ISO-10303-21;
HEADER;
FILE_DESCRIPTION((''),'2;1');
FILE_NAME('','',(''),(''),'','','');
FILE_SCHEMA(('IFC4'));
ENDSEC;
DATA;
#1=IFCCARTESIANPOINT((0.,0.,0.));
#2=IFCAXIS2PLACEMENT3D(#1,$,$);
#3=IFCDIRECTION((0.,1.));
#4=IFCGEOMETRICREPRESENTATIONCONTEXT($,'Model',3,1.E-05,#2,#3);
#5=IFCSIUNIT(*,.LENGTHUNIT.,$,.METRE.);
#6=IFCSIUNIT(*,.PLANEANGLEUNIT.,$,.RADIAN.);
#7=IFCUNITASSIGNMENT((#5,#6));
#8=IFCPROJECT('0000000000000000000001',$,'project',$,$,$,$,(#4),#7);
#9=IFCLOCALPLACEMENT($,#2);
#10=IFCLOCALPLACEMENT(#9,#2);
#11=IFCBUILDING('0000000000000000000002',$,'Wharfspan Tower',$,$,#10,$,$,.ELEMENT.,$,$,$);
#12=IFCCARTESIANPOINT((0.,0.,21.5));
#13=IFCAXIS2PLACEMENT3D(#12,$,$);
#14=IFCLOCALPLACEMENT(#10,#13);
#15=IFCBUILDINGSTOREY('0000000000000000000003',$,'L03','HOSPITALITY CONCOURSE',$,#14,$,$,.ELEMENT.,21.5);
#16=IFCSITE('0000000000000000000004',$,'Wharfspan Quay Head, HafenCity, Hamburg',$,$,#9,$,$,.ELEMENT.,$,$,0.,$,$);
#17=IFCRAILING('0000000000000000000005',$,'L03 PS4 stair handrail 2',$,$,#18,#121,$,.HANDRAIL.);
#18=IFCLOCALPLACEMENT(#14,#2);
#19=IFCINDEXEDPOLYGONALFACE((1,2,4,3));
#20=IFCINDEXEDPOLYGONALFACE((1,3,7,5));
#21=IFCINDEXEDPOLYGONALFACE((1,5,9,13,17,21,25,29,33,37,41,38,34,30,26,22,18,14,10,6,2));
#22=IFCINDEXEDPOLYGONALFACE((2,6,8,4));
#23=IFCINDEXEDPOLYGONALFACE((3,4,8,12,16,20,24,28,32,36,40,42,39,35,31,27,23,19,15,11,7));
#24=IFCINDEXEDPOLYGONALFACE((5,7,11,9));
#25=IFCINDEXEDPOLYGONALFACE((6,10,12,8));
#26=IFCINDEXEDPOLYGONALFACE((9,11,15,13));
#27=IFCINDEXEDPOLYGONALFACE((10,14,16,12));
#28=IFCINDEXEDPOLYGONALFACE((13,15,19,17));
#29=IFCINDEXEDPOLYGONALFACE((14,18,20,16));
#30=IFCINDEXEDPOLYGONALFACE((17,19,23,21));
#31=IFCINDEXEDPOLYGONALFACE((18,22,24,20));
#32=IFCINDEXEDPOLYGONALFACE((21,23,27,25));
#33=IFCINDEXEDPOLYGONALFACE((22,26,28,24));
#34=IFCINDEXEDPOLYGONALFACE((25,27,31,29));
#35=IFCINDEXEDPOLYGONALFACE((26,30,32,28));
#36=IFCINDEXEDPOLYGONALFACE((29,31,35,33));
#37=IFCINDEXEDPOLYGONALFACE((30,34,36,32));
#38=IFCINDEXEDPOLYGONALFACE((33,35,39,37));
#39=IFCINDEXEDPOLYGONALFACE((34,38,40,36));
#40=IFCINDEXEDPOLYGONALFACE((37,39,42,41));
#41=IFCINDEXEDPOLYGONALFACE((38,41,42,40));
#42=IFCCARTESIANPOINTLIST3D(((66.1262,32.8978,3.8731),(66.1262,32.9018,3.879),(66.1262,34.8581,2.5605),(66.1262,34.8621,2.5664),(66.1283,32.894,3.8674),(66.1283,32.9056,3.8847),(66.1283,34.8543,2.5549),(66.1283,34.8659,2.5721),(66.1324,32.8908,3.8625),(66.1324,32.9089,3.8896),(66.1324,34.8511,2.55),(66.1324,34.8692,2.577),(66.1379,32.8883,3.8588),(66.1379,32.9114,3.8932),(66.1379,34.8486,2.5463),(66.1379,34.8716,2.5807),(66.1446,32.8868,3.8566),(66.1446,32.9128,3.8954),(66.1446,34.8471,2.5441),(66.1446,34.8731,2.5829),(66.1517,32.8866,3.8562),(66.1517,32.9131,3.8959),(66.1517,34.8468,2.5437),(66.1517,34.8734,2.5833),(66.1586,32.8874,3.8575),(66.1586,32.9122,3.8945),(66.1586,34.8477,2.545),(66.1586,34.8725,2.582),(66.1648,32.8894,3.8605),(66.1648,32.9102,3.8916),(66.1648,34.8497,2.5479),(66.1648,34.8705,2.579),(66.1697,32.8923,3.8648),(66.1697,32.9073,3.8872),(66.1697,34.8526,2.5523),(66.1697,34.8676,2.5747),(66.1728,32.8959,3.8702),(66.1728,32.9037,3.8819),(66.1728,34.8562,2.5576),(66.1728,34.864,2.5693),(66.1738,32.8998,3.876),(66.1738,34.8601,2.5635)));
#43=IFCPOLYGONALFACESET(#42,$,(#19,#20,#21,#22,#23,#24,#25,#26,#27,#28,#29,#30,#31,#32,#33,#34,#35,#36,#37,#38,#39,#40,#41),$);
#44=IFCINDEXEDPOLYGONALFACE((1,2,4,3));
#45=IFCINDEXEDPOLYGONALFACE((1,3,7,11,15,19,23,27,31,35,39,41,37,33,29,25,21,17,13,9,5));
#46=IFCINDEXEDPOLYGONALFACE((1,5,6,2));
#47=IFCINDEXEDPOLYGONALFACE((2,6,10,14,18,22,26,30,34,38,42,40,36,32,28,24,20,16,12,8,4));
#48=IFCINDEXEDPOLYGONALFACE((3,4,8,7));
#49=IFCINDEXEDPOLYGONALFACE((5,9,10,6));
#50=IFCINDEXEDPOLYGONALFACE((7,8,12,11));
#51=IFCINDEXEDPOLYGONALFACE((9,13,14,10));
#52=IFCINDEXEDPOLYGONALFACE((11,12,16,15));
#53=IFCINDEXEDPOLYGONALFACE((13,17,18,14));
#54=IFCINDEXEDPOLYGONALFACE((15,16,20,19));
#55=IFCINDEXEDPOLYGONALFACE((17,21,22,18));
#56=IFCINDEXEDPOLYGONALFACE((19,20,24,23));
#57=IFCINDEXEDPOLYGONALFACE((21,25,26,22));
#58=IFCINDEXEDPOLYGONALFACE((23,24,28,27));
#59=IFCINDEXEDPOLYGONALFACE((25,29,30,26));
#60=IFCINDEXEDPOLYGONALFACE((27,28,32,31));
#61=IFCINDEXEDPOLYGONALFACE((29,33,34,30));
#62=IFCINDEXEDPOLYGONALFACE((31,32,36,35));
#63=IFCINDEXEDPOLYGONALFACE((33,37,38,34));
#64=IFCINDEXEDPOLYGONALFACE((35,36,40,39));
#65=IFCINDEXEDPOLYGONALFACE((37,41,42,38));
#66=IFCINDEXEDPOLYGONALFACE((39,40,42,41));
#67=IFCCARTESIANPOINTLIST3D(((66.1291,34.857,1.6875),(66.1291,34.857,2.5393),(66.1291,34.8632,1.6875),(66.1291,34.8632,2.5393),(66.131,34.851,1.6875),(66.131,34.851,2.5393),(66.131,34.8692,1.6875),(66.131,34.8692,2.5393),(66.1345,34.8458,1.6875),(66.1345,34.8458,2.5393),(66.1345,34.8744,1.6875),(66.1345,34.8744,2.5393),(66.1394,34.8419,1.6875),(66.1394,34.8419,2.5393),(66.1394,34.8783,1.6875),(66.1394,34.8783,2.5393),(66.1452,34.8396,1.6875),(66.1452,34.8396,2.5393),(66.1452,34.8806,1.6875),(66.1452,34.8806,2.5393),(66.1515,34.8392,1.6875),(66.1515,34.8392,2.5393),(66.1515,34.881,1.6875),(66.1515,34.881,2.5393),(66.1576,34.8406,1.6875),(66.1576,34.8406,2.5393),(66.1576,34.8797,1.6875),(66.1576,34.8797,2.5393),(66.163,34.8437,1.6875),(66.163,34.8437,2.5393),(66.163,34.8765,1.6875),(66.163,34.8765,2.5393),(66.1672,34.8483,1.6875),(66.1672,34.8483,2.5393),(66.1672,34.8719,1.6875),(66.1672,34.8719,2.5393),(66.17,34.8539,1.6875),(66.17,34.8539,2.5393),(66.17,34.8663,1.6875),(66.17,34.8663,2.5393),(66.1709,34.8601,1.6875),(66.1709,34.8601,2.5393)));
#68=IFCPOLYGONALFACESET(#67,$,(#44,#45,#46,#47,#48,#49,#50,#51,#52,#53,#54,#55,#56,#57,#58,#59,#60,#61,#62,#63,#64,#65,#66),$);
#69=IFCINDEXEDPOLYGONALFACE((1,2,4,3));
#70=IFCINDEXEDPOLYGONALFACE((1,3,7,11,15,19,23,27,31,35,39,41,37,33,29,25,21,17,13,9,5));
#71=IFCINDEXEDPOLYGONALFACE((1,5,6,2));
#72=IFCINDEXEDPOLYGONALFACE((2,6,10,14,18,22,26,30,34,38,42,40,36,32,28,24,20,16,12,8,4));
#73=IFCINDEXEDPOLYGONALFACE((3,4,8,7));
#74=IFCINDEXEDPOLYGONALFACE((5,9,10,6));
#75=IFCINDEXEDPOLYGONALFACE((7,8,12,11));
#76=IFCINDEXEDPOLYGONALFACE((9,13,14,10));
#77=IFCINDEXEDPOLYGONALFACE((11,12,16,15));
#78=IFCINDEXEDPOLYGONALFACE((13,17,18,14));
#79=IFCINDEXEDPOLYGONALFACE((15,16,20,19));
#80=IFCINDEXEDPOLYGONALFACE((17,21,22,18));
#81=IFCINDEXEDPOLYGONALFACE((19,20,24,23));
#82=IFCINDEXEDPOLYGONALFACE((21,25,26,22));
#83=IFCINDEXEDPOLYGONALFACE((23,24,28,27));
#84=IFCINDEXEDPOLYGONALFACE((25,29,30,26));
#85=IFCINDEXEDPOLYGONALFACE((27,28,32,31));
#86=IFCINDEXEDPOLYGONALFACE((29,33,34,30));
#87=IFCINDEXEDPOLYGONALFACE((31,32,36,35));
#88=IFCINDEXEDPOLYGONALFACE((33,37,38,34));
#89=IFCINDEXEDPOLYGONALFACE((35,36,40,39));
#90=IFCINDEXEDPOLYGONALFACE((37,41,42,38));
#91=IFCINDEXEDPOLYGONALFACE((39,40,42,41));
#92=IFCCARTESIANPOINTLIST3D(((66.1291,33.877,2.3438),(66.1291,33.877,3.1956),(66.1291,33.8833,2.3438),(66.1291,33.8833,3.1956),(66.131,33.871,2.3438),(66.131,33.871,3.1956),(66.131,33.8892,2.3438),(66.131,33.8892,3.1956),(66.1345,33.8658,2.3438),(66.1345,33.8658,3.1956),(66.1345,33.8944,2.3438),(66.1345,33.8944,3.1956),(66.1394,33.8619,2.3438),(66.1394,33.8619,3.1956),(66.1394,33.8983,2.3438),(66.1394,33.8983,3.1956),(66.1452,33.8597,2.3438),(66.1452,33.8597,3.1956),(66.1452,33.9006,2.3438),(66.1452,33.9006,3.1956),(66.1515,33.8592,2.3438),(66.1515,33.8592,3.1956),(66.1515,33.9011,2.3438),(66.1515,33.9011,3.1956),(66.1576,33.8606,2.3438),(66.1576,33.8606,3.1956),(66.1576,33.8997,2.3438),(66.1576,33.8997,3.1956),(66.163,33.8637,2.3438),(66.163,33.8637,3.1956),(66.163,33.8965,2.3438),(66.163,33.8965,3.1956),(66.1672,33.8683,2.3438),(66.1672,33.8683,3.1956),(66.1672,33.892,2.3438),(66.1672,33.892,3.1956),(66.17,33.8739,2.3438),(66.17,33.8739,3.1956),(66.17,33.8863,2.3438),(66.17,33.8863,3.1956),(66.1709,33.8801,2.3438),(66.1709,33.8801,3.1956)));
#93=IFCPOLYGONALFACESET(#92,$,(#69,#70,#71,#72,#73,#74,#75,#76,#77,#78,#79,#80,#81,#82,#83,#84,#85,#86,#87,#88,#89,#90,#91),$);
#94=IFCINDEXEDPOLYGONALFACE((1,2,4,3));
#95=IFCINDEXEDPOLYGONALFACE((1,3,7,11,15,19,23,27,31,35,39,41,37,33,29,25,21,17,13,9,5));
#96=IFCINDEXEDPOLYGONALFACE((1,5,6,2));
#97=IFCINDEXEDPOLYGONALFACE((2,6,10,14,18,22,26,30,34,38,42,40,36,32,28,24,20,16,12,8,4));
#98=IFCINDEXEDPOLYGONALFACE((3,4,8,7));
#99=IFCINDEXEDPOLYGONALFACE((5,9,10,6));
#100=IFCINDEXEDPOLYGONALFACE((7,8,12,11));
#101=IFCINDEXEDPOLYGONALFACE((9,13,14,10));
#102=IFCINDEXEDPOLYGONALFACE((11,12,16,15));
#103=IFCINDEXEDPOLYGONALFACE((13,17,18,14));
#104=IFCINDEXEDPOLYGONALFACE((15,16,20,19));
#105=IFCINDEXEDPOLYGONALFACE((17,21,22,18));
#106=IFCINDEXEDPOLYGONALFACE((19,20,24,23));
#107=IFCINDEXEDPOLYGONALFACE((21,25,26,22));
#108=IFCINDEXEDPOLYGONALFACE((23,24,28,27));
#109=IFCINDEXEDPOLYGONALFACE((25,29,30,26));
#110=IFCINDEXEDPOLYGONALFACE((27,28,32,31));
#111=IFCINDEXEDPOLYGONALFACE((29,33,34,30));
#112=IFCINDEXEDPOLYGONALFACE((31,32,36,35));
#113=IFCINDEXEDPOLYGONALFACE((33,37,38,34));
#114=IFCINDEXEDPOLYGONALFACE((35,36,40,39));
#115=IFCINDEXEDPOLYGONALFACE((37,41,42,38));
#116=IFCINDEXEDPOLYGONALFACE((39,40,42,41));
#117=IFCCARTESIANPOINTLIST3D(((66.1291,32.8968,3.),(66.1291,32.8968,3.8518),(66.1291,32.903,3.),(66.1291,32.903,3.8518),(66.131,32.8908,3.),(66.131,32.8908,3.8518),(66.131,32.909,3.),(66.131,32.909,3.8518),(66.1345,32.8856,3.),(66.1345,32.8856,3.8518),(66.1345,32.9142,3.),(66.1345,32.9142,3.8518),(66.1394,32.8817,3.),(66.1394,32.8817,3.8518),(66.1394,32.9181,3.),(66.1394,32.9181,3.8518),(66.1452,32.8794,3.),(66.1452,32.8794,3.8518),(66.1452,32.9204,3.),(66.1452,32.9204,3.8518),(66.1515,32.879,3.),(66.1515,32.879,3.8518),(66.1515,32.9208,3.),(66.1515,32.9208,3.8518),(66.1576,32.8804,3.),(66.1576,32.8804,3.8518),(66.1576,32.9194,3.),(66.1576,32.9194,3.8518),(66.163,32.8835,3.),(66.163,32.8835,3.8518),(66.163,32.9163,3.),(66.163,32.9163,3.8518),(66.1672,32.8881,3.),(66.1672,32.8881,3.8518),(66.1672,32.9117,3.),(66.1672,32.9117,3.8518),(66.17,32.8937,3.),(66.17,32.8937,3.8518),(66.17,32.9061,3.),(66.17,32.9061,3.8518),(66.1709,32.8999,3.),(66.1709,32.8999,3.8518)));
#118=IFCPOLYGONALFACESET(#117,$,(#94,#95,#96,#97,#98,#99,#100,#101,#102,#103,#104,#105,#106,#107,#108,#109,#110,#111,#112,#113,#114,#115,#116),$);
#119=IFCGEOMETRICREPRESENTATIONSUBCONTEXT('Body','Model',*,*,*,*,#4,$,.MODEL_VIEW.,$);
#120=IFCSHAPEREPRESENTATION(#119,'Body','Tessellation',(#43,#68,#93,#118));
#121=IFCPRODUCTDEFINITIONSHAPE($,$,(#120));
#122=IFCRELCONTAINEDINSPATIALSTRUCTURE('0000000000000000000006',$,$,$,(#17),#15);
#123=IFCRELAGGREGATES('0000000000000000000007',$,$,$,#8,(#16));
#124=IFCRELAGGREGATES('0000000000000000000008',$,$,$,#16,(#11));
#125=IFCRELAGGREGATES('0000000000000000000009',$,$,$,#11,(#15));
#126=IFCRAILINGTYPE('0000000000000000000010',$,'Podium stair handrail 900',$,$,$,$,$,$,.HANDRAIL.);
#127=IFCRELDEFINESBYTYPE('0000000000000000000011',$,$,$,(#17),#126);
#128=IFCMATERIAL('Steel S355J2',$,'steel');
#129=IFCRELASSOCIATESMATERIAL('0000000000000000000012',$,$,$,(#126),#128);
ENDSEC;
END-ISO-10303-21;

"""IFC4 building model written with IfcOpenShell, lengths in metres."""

from ifc_helpers import new_model, si_unit, direction, frame, origin, origin_2d, place, context, subcontext, project, spatial, circle, extrude, material, type_object, element, save


model = new_model("IFC4")

# Units and contexts
model_context = context("Model", 3, precision=1e-05, world=origin(), true_north=direction((0.0, 1.0)))
body_context = subcontext(model_context, "Body", "Model", "MODEL_VIEW")
ifc_project = project(units=[si_unit("LENGTHUNIT", "METRE"), si_unit("PLANEANGLEUNIT", "RADIAN")], contexts=[model_context])

# Site, building, storey
site_placement = place(None, origin())
site = spatial("IfcSite", under=ifc_project, at=site_placement, Name="Wharfspan Quay Head, HafenCity, Hamburg", CompositionType="ELEMENT", RefElevation=0.0)
building_placement = place(site_placement, origin())
building = spatial("IfcBuilding", under=site, at=building_placement, Name="Wharfspan Tower", CompositionType="ELEMENT")
storey_placement = place(building_placement, frame((0.0, 0.0, 21.5)))
storey = spatial("IfcBuildingStorey", under=building, at=storey_placement, Name="L03", Description="HOSPITALITY CONCOURSE", CompositionType="ELEMENT", Elevation=21.5)

# Railing
ifc_material_1 = material(Name="Steel S355J2", Category="steel")
railing_type_1 = type_object("IfcRailingType", Name="Podium stair handrail 900", PredefinedType="HANDRAIL", material=ifc_material_1)
railing_1_placement = place(storey_placement, frame((66.1499, 34.8601, 1.6875)))
element("IfcRailing", 1, at=railing_1_placement, inside=storey, type_object=railing_type_1, Name="L03 PS4 stair handrail 2", PredefinedType="HANDRAIL", context=body_context, shape_type="SweptSolid", body=[
    extrude(circle(Radius=0.0239, at=origin_2d()), frame((0.0, 0.0, 0.876), z_axis=(0.0, -0.830934, 0.556371), x_axis=(1.0, 0.0, 0.0)), (0.0, 0.0, 1.0), 2.3591),
    extrude(circle(Radius=0.021, at=origin_2d()), origin(), (0.0, 0.0, 1.0), 0.8518),
    extrude(circle(Radius=0.021, at=origin_2d()), frame((0.0, -0.98, 0.6562)), (0.0, 0.0, 1.0), 0.8518),
    extrude(circle(Radius=0.021, at=origin_2d()), frame((0.0, -1.9602, 1.3125)), (0.0, 0.0, 1.0), 0.8518),
])

save(model, "model.ifc")
